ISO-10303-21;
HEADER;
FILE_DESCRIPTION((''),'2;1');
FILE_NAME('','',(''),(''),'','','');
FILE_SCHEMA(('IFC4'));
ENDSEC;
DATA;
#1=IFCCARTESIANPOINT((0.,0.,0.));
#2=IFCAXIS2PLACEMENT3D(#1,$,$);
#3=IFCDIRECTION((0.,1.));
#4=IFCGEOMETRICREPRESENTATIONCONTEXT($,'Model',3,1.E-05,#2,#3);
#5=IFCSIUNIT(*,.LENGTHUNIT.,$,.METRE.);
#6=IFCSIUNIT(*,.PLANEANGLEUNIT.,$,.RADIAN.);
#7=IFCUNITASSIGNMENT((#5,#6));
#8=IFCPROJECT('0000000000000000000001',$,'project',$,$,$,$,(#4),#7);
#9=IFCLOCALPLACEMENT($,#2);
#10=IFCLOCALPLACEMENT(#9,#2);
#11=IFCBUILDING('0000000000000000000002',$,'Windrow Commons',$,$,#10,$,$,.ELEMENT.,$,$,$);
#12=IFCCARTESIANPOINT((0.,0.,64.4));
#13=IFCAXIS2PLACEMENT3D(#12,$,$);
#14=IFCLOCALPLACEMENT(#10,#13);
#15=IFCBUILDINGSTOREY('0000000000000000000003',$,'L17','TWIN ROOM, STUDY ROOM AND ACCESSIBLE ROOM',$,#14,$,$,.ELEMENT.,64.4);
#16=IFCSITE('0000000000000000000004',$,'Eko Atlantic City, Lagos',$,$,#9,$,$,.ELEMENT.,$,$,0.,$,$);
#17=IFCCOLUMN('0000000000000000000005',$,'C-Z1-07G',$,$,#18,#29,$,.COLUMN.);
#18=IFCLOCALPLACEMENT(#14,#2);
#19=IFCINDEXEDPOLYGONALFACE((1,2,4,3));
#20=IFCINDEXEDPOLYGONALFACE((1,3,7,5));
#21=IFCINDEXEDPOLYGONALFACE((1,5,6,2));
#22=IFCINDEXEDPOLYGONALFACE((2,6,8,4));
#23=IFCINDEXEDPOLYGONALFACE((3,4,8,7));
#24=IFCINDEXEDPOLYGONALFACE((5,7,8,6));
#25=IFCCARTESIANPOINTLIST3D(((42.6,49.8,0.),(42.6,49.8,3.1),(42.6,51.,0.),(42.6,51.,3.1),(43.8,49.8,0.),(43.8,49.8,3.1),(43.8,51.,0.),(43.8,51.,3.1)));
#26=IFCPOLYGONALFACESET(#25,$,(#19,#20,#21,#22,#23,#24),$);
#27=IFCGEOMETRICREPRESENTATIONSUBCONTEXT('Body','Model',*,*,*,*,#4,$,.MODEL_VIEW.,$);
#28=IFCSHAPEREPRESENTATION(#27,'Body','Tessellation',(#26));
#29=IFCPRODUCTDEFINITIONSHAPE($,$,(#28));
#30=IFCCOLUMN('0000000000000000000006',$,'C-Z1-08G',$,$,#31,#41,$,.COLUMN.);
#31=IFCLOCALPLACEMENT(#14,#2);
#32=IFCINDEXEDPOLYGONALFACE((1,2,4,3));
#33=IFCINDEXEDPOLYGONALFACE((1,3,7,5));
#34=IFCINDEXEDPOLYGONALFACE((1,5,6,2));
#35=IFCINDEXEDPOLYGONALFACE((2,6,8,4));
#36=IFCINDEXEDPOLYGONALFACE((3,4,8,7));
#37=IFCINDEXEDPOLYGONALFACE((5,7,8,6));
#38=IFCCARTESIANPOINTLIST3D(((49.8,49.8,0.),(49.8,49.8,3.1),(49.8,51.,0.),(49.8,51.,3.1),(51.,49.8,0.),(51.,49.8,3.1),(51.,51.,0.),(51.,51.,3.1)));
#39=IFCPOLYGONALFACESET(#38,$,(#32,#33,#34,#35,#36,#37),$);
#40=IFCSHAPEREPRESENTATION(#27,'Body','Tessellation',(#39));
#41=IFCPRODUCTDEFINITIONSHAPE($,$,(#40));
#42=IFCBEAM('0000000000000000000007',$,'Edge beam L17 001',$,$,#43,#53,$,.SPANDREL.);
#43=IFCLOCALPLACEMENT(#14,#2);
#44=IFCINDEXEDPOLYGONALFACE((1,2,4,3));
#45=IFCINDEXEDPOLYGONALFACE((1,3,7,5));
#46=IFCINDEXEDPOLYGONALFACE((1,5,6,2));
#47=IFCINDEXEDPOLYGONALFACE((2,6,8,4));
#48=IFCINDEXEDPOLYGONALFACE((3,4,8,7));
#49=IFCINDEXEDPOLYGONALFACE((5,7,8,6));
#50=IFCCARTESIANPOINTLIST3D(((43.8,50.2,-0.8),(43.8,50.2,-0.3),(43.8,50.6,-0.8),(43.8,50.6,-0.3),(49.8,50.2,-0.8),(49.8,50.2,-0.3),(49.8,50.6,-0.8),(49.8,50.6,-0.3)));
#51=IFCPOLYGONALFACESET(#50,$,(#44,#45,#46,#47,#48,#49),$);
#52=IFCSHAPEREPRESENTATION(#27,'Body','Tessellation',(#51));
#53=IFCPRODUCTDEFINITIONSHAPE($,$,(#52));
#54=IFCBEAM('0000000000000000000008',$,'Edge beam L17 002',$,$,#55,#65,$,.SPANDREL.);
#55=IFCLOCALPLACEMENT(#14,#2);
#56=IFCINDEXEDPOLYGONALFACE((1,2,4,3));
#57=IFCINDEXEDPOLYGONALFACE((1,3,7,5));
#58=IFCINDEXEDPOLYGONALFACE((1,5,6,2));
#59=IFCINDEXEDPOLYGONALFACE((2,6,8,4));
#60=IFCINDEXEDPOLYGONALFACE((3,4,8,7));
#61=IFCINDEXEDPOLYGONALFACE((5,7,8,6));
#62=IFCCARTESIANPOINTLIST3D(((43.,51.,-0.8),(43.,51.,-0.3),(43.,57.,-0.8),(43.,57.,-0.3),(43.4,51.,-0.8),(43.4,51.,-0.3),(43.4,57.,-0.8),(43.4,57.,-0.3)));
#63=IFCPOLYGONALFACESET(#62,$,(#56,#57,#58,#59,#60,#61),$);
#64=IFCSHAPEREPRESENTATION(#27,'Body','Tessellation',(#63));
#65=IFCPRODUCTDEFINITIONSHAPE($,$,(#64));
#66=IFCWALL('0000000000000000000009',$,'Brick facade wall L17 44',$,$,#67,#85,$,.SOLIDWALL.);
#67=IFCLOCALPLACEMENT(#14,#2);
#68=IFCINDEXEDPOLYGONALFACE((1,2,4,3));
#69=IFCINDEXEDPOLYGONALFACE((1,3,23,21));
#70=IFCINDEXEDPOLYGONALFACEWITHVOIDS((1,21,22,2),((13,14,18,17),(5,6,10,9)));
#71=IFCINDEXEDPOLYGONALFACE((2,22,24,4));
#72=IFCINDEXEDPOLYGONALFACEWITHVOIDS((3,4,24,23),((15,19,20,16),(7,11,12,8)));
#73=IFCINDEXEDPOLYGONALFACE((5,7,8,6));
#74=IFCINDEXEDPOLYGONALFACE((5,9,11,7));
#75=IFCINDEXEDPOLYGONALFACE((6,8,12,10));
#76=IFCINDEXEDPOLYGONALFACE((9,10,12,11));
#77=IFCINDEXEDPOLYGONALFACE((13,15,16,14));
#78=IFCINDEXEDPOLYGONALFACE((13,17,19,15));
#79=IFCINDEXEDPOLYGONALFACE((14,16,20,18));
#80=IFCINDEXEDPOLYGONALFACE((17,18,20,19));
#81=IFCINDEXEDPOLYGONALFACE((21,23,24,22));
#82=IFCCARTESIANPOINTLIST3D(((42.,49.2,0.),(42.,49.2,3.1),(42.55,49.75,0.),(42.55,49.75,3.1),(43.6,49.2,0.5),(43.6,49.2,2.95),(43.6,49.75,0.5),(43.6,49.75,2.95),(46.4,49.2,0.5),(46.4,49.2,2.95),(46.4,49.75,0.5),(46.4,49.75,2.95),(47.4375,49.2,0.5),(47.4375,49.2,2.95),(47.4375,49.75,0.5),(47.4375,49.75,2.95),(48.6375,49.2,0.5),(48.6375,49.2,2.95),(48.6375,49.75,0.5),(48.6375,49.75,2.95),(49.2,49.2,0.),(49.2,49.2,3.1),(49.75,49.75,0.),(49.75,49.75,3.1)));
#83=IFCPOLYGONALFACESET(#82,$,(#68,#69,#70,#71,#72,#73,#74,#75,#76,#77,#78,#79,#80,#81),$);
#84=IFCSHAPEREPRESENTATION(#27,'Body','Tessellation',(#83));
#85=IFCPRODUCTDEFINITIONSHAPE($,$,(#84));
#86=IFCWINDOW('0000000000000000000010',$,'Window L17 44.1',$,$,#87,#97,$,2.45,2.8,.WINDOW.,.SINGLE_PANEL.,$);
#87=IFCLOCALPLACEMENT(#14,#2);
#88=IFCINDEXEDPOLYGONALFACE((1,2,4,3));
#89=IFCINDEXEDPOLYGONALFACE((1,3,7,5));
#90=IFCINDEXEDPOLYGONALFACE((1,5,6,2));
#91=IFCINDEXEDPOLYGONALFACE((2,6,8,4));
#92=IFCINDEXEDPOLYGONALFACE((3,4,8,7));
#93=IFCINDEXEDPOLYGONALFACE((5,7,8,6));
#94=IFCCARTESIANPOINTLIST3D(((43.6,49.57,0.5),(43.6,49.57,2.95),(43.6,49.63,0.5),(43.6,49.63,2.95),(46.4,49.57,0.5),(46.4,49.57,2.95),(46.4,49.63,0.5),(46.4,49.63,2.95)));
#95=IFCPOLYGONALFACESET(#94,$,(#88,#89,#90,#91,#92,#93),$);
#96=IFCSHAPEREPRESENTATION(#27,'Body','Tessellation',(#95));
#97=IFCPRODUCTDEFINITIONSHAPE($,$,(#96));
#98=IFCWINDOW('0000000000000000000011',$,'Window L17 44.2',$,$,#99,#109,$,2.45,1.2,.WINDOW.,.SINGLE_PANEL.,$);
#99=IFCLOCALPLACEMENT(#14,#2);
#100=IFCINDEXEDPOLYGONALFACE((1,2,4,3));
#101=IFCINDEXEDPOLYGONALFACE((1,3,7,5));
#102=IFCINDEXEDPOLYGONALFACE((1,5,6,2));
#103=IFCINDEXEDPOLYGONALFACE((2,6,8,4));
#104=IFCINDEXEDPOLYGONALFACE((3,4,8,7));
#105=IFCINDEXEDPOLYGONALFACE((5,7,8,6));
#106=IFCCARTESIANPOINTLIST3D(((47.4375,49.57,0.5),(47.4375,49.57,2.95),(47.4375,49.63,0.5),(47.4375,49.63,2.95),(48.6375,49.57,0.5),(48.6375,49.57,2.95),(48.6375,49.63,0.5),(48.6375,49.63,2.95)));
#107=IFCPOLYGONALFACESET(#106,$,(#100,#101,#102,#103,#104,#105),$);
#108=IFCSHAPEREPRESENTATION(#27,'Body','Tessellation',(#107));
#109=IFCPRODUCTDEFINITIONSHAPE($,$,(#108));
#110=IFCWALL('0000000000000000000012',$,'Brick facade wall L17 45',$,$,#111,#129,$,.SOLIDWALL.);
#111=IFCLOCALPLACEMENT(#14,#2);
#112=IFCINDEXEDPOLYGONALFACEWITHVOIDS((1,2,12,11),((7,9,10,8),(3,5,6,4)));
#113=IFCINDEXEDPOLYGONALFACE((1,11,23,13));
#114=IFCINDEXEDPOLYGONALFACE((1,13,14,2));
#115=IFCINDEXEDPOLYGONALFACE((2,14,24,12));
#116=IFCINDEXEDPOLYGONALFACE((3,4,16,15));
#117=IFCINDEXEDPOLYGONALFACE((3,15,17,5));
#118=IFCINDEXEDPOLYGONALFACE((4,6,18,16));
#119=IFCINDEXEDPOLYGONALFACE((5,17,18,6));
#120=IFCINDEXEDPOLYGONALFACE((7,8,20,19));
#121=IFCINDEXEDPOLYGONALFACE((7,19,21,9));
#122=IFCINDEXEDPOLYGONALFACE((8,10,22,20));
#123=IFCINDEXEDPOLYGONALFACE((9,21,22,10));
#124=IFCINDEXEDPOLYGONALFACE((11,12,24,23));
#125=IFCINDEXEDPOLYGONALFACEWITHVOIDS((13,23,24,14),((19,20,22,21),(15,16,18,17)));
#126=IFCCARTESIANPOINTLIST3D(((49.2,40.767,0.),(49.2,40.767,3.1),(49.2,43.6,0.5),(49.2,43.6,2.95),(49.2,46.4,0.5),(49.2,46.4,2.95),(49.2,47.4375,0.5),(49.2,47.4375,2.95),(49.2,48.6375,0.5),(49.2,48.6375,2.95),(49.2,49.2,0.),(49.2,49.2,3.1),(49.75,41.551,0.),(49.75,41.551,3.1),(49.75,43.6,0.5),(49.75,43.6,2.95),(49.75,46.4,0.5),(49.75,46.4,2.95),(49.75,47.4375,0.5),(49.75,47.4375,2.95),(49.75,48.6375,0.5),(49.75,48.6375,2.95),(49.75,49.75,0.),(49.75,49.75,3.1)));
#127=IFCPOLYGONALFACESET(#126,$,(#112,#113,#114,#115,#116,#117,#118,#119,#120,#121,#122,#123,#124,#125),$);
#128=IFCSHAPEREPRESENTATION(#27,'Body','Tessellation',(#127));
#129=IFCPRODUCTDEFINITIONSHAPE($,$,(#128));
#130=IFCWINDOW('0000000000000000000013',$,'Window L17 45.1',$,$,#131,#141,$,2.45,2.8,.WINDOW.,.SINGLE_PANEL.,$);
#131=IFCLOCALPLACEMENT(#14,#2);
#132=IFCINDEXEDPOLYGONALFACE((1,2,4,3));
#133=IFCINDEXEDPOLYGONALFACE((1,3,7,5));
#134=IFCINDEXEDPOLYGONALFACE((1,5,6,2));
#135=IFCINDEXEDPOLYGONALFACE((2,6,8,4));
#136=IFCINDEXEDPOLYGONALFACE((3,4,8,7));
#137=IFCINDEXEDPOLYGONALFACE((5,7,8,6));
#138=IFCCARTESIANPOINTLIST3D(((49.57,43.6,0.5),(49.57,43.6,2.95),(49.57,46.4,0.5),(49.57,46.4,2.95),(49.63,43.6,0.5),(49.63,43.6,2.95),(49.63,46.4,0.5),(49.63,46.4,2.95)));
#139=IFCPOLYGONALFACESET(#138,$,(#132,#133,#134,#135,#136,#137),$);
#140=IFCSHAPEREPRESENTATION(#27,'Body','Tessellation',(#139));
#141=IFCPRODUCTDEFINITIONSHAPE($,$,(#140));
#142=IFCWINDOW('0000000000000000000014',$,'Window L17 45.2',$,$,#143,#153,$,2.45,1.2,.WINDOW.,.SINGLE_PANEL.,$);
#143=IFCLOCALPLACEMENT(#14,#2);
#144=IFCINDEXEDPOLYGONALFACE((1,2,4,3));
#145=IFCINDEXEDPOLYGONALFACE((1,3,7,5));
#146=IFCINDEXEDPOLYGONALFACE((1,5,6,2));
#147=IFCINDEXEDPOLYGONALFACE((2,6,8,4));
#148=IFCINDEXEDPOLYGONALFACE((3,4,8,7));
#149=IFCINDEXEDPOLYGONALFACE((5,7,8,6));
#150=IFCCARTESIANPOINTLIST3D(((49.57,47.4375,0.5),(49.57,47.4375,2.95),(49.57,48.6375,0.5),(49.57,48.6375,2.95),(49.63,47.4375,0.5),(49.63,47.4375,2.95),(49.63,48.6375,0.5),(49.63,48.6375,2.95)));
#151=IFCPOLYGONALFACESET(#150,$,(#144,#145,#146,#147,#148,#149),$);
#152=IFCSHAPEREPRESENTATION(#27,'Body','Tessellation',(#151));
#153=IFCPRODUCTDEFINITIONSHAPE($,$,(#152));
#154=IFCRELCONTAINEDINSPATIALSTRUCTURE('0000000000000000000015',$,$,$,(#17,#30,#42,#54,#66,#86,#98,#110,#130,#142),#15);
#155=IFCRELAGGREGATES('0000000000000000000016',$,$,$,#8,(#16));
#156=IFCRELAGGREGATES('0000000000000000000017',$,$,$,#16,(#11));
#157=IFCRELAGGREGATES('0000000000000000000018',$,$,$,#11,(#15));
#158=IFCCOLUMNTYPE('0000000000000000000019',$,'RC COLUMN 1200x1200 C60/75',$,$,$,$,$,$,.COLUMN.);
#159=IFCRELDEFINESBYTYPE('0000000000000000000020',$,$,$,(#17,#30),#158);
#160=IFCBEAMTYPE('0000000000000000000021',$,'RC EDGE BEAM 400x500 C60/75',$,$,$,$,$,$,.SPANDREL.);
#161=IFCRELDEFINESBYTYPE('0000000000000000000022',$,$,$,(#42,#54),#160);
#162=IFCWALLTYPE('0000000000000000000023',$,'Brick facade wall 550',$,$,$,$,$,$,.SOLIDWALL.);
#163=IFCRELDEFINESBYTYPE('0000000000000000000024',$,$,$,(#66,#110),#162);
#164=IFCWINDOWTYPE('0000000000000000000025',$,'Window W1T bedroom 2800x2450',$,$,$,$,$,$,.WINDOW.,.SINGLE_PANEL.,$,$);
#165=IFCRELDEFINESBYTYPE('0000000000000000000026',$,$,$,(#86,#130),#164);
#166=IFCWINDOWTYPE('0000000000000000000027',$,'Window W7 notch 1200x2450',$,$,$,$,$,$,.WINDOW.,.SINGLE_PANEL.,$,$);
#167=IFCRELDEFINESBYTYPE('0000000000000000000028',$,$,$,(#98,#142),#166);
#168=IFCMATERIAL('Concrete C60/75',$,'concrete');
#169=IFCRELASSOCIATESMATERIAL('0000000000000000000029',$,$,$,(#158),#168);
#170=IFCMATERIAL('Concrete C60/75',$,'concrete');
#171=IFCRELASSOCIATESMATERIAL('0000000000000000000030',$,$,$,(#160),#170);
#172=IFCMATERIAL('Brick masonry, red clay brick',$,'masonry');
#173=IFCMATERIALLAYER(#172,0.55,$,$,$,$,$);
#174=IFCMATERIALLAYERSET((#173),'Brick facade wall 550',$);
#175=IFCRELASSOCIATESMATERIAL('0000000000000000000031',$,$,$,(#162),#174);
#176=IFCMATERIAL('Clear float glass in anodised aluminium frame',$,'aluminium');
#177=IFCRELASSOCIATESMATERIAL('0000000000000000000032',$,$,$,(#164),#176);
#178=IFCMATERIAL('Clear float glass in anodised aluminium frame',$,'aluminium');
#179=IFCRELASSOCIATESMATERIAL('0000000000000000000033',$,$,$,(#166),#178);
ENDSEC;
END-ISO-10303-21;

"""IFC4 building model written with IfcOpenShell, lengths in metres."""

from ifc_helpers import new_model, si_unit, direction, frame, frame_2d, origin, origin_2d, place, context, subcontext, project, spatial, polyline, rectangle, outline, extrude, material, layer, layer_set, material_profile, profile_set, type_object, element, fill, save


model = new_model("IFC4")

# Units and contexts
model_context = context("Model", 3, precision=1e-05, world=origin(), true_north=direction((0.0, 1.0)))
body_context = subcontext(model_context, "Body", "Model", "MODEL_VIEW")
ifc_project = project(units=[si_unit("LENGTHUNIT", "METRE"), si_unit("PLANEANGLEUNIT", "RADIAN")], contexts=[model_context])

# Site, building, storey
site_placement = place(None, origin())
site = spatial("IfcSite", under=ifc_project, at=site_placement, Name="Eko Atlantic City, Lagos", CompositionType="ELEMENT", RefElevation=0.0)
building_placement = place(site_placement, origin())
building = spatial("IfcBuilding", under=site, at=building_placement, Name="Windrow Commons", CompositionType="ELEMENT")
storey_placement = place(building_placement, frame((0.0, 0.0, 64.4)))
storey = spatial("IfcBuildingStorey", under=building, at=storey_placement, Name="L17", Description="TWIN ROOM, STUDY ROOM AND ACCESSIBLE ROOM", CompositionType="ELEMENT", Elevation=64.4)

# Columns
ifc_material_1 = material(Name="Concrete C60/75", Category="concrete")
ifc_material_profile_1 = material_profile(ifc_material_1, rectangle(XDim=1.2, YDim=1.2, at=origin_2d()))
ifc_profile_set_1 = profile_set([ifc_material_profile_1], Name="Concrete C60/75")
column_type = type_object("IfcColumnType", Name="RC COLUMN 1200x1200 C60/75", PredefinedType="COLUMN", material=ifc_profile_set_1)
for number, where, z_axis, x_axis, name in (
    (1, (43.2, 50.4, 0.0), (0.0, 0.0, 1.0), (1.0, 0.0, 0.0), "C-Z1-07G"),
    (2, (50.4, 50.4, 0.0), (0.0, 0.0, 1.0), (1.0, 0.0, 0.0), "C-Z1-08G"),
):
    element("IfcColumn", number, at=place(storey_placement, frame(where, z_axis=z_axis, x_axis=x_axis)), inside=storey, type_object=column_type, Name=name, PredefinedType="COLUMN", context=body_context, shape_type="SweptSolid", body=[
        extrude(rectangle(XDim=1.2, YDim=1.2, at=origin_2d()), origin(), (0.0, 0.0, 1.0), 3.1),
    ])

# Beams
ifc_material_2 = material(Name="Concrete C60/75", Category="concrete")
ifc_material_profile_2 = material_profile(ifc_material_2, rectangle(XDim=0.4, YDim=0.5, at=origin_2d()))
ifc_profile_set_2 = profile_set([ifc_material_profile_2], Name="Concrete C60/75")
beam_type = type_object("IfcBeamType", Name="RC EDGE BEAM 400x500 C60/75", PredefinedType="SPANDREL", material=ifc_profile_set_2)
for number, where, z_axis, x_axis, name in (
    (3, (49.8, 50.4, -0.55), (-1.0, 0.0, 0.0), (0.0, -1.0, 0.0), "Edge beam L17 001"),
    (4, (43.2, 51.0, -0.55), (0.0, 1.0, 0.0), (-1.0, 0.0, 0.0), "Edge beam L17 002"),
):
    element("IfcBeam", number, at=place(storey_placement, frame(where, z_axis=z_axis, x_axis=x_axis)), inside=storey, type_object=beam_type, Name=name, PredefinedType="SPANDREL", context=body_context, shape_type="SweptSolid", body=[
        extrude(rectangle(XDim=0.4, YDim=0.5, at=origin_2d()), origin(), (0.0, 0.0, 1.0), 6.0),
    ])

# Walls, openings, windows
ifc_material_3 = material(Name="Brick masonry, red clay brick", Category="masonry")
ifc_layer_1 = layer(ifc_material_3, 0.55)
ifc_layer_set_1 = layer_set([ifc_layer_1], Name="Brick facade wall 550")
wall_type_1 = type_object("IfcWallType", Name="Brick facade wall 550", PredefinedType="SOLIDWALL", material=ifc_layer_set_1)
wall_1_placement = place(storey_placement, frame((42.275, 49.475, 0.0), z_axis=(0.0, 0.0, 1.0), x_axis=(1.0, 0.0, 0.0)))
wall_1 = element("IfcWall", 5, at=wall_1_placement, inside=storey, type_object=wall_type_1, Name="Brick facade wall L17 44", PredefinedType="SOLIDWALL", context=body_context, shape_type="SweptSolid", body=[
    extrude(outline(polyline([(-0.275, -0.275), (6.925, -0.275), (7.475, 0.275), (0.275, 0.275), (-0.275, -0.275)])), origin(), (0.0, 0.0, 1.0), 3.1),
])
opening_1_placement = place(wall_1_placement, frame((1.325, 0.0, 0.5)))
opening_1 = element("IfcOpeningElement", 6, at=opening_1_placement, cuts=wall_1, PredefinedType="OPENING", context=body_context, shape_type="SweptSolid", body=[
    extrude(rectangle(XDim=2.8, YDim=2.45, at=frame_2d((1.4, 1.225))), frame((0.0, 0.285, 0.0), z_axis=(0.0, -1.0, 0.0), x_axis=(1.0, 0.0, 0.0)), (0.0, 0.0, 1.0), 0.57),
])
opening_2_placement = place(wall_1_placement, frame((5.1625, 0.0, 0.5)))
opening_2 = element("IfcOpeningElement", 7, at=opening_2_placement, cuts=wall_1, PredefinedType="OPENING", context=body_context, shape_type="SweptSolid", body=[
    extrude(rectangle(XDim=1.2, YDim=2.45, at=frame_2d((0.6, 1.225))), frame((0.0, 0.285, 0.0), z_axis=(0.0, -1.0, 0.0), x_axis=(1.0, 0.0, 0.0)), (0.0, 0.0, 1.0), 0.57),
])
ifc_material_4 = material(Name="Clear float glass in anodised aluminium frame", Category="aluminium")
window_type_1 = type_object("IfcWindowType", Name="Window W1T bedroom 2800x2450", PartitioningType="SINGLE_PANEL", PredefinedType="WINDOW", material=ifc_material_4)
window_1_placement = place(opening_1_placement, origin())
window_1 = element("IfcWindow", 8, at=window_1_placement, inside=storey, type_object=window_type_1, Name="Window L17 44.1", OverallHeight=2.45, OverallWidth=2.8, PartitioningType="SINGLE_PANEL", PredefinedType="WINDOW", context=body_context, shape_type="SweptSolid", body=[
    extrude(rectangle(XDim=2.8, YDim=2.45, at=frame_2d((1.4, 1.225))), frame((0.0, 0.155, 0.0), z_axis=(0.0, -1.0, 0.0), x_axis=(1.0, 0.0, 0.0)), (0.0, 0.0, 1.0), 0.06),
])
fill(opening_1, window_1)
ifc_material_5 = material(Name="Clear float glass in anodised aluminium frame", Category="aluminium")
window_type_2 = type_object("IfcWindowType", Name="Window W7 notch 1200x2450", PartitioningType="SINGLE_PANEL", PredefinedType="WINDOW", material=ifc_material_5)
window_2_placement = place(opening_2_placement, origin())
window_2 = element("IfcWindow", 9, at=window_2_placement, inside=storey, type_object=window_type_2, Name="Window L17 44.2", OverallHeight=2.45, OverallWidth=1.2, PartitioningType="SINGLE_PANEL", PredefinedType="WINDOW", context=body_context, shape_type="SweptSolid", body=[
    extrude(rectangle(XDim=1.2, YDim=2.45, at=frame_2d((0.6, 1.225))), frame((0.0, 0.155, 0.0), z_axis=(0.0, -1.0, 0.0), x_axis=(1.0, 0.0, 0.0)), (0.0, 0.0, 1.0), 0.06),
])
fill(opening_2, window_2)
wall_2_placement = place(storey_placement, frame((49.475, 49.475, 0.0), z_axis=(0.0, 0.0, 1.0), x_axis=(0.0, -1.0, 0.0)))
wall_2 = element("IfcWall", 10, at=wall_2_placement, inside=storey, type_object=wall_type_1, Name="Brick facade wall L17 45", PredefinedType="SOLIDWALL", context=body_context, shape_type="SweptSolid", body=[
    extrude(outline(polyline([(0.275, -0.275), (8.708, -0.275), (7.924, 0.275), (-0.275, 0.275), (0.275, -0.275)])), origin(), (0.0, 0.0, 1.0), 3.1),
])
opening_3_placement = place(wall_2_placement, frame((3.075, 0.0, 0.5)))
opening_3 = element("IfcOpeningElement", 11, at=opening_3_placement, cuts=wall_2, PredefinedType="OPENING", context=body_context, shape_type="SweptSolid", body=[
    extrude(rectangle(XDim=2.8, YDim=2.45, at=frame_2d((1.4, 1.225))), frame((0.0, 0.285, 0.0), z_axis=(0.0, -1.0, 0.0), x_axis=(1.0, 0.0, 0.0)), (0.0, 0.0, 1.0), 0.57),
])
opening_4_placement = place(wall_2_placement, frame((0.8375, 0.0, 0.5)))
opening_4 = element("IfcOpeningElement", 12, at=opening_4_placement, cuts=wall_2, PredefinedType="OPENING", context=body_context, shape_type="SweptSolid", body=[
    extrude(rectangle(XDim=1.2, YDim=2.45, at=frame_2d((0.6, 1.225))), frame((0.0, 0.285, 0.0), z_axis=(0.0, -1.0, 0.0), x_axis=(1.0, 0.0, 0.0)), (0.0, 0.0, 1.0), 0.57),
])
window_3_placement = place(opening_3_placement, origin())
window_3 = element("IfcWindow", 13, at=window_3_placement, inside=storey, type_object=window_type_1, Name="Window L17 45.1", OverallHeight=2.45, OverallWidth=2.8, PartitioningType="SINGLE_PANEL", PredefinedType="WINDOW", context=body_context, shape_type="SweptSolid", body=[
    extrude(rectangle(XDim=2.8, YDim=2.45, at=frame_2d((1.4, 1.225))), frame((0.0, 0.155, 0.0), z_axis=(0.0, -1.0, 0.0), x_axis=(1.0, 0.0, 0.0)), (0.0, 0.0, 1.0), 0.06),
])
fill(opening_3, window_3)
window_4_placement = place(opening_4_placement, origin())
window_4 = element("IfcWindow", 14, at=window_4_placement, inside=storey, type_object=window_type_2, Name="Window L17 45.2", OverallHeight=2.45, OverallWidth=1.2, PartitioningType="SINGLE_PANEL", PredefinedType="WINDOW", context=body_context, shape_type="SweptSolid", body=[
    extrude(rectangle(XDim=1.2, YDim=2.45, at=frame_2d((0.6, 1.225))), frame((0.0, 0.155, 0.0), z_axis=(0.0, -1.0, 0.0), x_axis=(1.0, 0.0, 0.0)), (0.0, 0.0, 1.0), 0.06),
])
fill(opening_4, window_4)

save(model, "model.ifc")
